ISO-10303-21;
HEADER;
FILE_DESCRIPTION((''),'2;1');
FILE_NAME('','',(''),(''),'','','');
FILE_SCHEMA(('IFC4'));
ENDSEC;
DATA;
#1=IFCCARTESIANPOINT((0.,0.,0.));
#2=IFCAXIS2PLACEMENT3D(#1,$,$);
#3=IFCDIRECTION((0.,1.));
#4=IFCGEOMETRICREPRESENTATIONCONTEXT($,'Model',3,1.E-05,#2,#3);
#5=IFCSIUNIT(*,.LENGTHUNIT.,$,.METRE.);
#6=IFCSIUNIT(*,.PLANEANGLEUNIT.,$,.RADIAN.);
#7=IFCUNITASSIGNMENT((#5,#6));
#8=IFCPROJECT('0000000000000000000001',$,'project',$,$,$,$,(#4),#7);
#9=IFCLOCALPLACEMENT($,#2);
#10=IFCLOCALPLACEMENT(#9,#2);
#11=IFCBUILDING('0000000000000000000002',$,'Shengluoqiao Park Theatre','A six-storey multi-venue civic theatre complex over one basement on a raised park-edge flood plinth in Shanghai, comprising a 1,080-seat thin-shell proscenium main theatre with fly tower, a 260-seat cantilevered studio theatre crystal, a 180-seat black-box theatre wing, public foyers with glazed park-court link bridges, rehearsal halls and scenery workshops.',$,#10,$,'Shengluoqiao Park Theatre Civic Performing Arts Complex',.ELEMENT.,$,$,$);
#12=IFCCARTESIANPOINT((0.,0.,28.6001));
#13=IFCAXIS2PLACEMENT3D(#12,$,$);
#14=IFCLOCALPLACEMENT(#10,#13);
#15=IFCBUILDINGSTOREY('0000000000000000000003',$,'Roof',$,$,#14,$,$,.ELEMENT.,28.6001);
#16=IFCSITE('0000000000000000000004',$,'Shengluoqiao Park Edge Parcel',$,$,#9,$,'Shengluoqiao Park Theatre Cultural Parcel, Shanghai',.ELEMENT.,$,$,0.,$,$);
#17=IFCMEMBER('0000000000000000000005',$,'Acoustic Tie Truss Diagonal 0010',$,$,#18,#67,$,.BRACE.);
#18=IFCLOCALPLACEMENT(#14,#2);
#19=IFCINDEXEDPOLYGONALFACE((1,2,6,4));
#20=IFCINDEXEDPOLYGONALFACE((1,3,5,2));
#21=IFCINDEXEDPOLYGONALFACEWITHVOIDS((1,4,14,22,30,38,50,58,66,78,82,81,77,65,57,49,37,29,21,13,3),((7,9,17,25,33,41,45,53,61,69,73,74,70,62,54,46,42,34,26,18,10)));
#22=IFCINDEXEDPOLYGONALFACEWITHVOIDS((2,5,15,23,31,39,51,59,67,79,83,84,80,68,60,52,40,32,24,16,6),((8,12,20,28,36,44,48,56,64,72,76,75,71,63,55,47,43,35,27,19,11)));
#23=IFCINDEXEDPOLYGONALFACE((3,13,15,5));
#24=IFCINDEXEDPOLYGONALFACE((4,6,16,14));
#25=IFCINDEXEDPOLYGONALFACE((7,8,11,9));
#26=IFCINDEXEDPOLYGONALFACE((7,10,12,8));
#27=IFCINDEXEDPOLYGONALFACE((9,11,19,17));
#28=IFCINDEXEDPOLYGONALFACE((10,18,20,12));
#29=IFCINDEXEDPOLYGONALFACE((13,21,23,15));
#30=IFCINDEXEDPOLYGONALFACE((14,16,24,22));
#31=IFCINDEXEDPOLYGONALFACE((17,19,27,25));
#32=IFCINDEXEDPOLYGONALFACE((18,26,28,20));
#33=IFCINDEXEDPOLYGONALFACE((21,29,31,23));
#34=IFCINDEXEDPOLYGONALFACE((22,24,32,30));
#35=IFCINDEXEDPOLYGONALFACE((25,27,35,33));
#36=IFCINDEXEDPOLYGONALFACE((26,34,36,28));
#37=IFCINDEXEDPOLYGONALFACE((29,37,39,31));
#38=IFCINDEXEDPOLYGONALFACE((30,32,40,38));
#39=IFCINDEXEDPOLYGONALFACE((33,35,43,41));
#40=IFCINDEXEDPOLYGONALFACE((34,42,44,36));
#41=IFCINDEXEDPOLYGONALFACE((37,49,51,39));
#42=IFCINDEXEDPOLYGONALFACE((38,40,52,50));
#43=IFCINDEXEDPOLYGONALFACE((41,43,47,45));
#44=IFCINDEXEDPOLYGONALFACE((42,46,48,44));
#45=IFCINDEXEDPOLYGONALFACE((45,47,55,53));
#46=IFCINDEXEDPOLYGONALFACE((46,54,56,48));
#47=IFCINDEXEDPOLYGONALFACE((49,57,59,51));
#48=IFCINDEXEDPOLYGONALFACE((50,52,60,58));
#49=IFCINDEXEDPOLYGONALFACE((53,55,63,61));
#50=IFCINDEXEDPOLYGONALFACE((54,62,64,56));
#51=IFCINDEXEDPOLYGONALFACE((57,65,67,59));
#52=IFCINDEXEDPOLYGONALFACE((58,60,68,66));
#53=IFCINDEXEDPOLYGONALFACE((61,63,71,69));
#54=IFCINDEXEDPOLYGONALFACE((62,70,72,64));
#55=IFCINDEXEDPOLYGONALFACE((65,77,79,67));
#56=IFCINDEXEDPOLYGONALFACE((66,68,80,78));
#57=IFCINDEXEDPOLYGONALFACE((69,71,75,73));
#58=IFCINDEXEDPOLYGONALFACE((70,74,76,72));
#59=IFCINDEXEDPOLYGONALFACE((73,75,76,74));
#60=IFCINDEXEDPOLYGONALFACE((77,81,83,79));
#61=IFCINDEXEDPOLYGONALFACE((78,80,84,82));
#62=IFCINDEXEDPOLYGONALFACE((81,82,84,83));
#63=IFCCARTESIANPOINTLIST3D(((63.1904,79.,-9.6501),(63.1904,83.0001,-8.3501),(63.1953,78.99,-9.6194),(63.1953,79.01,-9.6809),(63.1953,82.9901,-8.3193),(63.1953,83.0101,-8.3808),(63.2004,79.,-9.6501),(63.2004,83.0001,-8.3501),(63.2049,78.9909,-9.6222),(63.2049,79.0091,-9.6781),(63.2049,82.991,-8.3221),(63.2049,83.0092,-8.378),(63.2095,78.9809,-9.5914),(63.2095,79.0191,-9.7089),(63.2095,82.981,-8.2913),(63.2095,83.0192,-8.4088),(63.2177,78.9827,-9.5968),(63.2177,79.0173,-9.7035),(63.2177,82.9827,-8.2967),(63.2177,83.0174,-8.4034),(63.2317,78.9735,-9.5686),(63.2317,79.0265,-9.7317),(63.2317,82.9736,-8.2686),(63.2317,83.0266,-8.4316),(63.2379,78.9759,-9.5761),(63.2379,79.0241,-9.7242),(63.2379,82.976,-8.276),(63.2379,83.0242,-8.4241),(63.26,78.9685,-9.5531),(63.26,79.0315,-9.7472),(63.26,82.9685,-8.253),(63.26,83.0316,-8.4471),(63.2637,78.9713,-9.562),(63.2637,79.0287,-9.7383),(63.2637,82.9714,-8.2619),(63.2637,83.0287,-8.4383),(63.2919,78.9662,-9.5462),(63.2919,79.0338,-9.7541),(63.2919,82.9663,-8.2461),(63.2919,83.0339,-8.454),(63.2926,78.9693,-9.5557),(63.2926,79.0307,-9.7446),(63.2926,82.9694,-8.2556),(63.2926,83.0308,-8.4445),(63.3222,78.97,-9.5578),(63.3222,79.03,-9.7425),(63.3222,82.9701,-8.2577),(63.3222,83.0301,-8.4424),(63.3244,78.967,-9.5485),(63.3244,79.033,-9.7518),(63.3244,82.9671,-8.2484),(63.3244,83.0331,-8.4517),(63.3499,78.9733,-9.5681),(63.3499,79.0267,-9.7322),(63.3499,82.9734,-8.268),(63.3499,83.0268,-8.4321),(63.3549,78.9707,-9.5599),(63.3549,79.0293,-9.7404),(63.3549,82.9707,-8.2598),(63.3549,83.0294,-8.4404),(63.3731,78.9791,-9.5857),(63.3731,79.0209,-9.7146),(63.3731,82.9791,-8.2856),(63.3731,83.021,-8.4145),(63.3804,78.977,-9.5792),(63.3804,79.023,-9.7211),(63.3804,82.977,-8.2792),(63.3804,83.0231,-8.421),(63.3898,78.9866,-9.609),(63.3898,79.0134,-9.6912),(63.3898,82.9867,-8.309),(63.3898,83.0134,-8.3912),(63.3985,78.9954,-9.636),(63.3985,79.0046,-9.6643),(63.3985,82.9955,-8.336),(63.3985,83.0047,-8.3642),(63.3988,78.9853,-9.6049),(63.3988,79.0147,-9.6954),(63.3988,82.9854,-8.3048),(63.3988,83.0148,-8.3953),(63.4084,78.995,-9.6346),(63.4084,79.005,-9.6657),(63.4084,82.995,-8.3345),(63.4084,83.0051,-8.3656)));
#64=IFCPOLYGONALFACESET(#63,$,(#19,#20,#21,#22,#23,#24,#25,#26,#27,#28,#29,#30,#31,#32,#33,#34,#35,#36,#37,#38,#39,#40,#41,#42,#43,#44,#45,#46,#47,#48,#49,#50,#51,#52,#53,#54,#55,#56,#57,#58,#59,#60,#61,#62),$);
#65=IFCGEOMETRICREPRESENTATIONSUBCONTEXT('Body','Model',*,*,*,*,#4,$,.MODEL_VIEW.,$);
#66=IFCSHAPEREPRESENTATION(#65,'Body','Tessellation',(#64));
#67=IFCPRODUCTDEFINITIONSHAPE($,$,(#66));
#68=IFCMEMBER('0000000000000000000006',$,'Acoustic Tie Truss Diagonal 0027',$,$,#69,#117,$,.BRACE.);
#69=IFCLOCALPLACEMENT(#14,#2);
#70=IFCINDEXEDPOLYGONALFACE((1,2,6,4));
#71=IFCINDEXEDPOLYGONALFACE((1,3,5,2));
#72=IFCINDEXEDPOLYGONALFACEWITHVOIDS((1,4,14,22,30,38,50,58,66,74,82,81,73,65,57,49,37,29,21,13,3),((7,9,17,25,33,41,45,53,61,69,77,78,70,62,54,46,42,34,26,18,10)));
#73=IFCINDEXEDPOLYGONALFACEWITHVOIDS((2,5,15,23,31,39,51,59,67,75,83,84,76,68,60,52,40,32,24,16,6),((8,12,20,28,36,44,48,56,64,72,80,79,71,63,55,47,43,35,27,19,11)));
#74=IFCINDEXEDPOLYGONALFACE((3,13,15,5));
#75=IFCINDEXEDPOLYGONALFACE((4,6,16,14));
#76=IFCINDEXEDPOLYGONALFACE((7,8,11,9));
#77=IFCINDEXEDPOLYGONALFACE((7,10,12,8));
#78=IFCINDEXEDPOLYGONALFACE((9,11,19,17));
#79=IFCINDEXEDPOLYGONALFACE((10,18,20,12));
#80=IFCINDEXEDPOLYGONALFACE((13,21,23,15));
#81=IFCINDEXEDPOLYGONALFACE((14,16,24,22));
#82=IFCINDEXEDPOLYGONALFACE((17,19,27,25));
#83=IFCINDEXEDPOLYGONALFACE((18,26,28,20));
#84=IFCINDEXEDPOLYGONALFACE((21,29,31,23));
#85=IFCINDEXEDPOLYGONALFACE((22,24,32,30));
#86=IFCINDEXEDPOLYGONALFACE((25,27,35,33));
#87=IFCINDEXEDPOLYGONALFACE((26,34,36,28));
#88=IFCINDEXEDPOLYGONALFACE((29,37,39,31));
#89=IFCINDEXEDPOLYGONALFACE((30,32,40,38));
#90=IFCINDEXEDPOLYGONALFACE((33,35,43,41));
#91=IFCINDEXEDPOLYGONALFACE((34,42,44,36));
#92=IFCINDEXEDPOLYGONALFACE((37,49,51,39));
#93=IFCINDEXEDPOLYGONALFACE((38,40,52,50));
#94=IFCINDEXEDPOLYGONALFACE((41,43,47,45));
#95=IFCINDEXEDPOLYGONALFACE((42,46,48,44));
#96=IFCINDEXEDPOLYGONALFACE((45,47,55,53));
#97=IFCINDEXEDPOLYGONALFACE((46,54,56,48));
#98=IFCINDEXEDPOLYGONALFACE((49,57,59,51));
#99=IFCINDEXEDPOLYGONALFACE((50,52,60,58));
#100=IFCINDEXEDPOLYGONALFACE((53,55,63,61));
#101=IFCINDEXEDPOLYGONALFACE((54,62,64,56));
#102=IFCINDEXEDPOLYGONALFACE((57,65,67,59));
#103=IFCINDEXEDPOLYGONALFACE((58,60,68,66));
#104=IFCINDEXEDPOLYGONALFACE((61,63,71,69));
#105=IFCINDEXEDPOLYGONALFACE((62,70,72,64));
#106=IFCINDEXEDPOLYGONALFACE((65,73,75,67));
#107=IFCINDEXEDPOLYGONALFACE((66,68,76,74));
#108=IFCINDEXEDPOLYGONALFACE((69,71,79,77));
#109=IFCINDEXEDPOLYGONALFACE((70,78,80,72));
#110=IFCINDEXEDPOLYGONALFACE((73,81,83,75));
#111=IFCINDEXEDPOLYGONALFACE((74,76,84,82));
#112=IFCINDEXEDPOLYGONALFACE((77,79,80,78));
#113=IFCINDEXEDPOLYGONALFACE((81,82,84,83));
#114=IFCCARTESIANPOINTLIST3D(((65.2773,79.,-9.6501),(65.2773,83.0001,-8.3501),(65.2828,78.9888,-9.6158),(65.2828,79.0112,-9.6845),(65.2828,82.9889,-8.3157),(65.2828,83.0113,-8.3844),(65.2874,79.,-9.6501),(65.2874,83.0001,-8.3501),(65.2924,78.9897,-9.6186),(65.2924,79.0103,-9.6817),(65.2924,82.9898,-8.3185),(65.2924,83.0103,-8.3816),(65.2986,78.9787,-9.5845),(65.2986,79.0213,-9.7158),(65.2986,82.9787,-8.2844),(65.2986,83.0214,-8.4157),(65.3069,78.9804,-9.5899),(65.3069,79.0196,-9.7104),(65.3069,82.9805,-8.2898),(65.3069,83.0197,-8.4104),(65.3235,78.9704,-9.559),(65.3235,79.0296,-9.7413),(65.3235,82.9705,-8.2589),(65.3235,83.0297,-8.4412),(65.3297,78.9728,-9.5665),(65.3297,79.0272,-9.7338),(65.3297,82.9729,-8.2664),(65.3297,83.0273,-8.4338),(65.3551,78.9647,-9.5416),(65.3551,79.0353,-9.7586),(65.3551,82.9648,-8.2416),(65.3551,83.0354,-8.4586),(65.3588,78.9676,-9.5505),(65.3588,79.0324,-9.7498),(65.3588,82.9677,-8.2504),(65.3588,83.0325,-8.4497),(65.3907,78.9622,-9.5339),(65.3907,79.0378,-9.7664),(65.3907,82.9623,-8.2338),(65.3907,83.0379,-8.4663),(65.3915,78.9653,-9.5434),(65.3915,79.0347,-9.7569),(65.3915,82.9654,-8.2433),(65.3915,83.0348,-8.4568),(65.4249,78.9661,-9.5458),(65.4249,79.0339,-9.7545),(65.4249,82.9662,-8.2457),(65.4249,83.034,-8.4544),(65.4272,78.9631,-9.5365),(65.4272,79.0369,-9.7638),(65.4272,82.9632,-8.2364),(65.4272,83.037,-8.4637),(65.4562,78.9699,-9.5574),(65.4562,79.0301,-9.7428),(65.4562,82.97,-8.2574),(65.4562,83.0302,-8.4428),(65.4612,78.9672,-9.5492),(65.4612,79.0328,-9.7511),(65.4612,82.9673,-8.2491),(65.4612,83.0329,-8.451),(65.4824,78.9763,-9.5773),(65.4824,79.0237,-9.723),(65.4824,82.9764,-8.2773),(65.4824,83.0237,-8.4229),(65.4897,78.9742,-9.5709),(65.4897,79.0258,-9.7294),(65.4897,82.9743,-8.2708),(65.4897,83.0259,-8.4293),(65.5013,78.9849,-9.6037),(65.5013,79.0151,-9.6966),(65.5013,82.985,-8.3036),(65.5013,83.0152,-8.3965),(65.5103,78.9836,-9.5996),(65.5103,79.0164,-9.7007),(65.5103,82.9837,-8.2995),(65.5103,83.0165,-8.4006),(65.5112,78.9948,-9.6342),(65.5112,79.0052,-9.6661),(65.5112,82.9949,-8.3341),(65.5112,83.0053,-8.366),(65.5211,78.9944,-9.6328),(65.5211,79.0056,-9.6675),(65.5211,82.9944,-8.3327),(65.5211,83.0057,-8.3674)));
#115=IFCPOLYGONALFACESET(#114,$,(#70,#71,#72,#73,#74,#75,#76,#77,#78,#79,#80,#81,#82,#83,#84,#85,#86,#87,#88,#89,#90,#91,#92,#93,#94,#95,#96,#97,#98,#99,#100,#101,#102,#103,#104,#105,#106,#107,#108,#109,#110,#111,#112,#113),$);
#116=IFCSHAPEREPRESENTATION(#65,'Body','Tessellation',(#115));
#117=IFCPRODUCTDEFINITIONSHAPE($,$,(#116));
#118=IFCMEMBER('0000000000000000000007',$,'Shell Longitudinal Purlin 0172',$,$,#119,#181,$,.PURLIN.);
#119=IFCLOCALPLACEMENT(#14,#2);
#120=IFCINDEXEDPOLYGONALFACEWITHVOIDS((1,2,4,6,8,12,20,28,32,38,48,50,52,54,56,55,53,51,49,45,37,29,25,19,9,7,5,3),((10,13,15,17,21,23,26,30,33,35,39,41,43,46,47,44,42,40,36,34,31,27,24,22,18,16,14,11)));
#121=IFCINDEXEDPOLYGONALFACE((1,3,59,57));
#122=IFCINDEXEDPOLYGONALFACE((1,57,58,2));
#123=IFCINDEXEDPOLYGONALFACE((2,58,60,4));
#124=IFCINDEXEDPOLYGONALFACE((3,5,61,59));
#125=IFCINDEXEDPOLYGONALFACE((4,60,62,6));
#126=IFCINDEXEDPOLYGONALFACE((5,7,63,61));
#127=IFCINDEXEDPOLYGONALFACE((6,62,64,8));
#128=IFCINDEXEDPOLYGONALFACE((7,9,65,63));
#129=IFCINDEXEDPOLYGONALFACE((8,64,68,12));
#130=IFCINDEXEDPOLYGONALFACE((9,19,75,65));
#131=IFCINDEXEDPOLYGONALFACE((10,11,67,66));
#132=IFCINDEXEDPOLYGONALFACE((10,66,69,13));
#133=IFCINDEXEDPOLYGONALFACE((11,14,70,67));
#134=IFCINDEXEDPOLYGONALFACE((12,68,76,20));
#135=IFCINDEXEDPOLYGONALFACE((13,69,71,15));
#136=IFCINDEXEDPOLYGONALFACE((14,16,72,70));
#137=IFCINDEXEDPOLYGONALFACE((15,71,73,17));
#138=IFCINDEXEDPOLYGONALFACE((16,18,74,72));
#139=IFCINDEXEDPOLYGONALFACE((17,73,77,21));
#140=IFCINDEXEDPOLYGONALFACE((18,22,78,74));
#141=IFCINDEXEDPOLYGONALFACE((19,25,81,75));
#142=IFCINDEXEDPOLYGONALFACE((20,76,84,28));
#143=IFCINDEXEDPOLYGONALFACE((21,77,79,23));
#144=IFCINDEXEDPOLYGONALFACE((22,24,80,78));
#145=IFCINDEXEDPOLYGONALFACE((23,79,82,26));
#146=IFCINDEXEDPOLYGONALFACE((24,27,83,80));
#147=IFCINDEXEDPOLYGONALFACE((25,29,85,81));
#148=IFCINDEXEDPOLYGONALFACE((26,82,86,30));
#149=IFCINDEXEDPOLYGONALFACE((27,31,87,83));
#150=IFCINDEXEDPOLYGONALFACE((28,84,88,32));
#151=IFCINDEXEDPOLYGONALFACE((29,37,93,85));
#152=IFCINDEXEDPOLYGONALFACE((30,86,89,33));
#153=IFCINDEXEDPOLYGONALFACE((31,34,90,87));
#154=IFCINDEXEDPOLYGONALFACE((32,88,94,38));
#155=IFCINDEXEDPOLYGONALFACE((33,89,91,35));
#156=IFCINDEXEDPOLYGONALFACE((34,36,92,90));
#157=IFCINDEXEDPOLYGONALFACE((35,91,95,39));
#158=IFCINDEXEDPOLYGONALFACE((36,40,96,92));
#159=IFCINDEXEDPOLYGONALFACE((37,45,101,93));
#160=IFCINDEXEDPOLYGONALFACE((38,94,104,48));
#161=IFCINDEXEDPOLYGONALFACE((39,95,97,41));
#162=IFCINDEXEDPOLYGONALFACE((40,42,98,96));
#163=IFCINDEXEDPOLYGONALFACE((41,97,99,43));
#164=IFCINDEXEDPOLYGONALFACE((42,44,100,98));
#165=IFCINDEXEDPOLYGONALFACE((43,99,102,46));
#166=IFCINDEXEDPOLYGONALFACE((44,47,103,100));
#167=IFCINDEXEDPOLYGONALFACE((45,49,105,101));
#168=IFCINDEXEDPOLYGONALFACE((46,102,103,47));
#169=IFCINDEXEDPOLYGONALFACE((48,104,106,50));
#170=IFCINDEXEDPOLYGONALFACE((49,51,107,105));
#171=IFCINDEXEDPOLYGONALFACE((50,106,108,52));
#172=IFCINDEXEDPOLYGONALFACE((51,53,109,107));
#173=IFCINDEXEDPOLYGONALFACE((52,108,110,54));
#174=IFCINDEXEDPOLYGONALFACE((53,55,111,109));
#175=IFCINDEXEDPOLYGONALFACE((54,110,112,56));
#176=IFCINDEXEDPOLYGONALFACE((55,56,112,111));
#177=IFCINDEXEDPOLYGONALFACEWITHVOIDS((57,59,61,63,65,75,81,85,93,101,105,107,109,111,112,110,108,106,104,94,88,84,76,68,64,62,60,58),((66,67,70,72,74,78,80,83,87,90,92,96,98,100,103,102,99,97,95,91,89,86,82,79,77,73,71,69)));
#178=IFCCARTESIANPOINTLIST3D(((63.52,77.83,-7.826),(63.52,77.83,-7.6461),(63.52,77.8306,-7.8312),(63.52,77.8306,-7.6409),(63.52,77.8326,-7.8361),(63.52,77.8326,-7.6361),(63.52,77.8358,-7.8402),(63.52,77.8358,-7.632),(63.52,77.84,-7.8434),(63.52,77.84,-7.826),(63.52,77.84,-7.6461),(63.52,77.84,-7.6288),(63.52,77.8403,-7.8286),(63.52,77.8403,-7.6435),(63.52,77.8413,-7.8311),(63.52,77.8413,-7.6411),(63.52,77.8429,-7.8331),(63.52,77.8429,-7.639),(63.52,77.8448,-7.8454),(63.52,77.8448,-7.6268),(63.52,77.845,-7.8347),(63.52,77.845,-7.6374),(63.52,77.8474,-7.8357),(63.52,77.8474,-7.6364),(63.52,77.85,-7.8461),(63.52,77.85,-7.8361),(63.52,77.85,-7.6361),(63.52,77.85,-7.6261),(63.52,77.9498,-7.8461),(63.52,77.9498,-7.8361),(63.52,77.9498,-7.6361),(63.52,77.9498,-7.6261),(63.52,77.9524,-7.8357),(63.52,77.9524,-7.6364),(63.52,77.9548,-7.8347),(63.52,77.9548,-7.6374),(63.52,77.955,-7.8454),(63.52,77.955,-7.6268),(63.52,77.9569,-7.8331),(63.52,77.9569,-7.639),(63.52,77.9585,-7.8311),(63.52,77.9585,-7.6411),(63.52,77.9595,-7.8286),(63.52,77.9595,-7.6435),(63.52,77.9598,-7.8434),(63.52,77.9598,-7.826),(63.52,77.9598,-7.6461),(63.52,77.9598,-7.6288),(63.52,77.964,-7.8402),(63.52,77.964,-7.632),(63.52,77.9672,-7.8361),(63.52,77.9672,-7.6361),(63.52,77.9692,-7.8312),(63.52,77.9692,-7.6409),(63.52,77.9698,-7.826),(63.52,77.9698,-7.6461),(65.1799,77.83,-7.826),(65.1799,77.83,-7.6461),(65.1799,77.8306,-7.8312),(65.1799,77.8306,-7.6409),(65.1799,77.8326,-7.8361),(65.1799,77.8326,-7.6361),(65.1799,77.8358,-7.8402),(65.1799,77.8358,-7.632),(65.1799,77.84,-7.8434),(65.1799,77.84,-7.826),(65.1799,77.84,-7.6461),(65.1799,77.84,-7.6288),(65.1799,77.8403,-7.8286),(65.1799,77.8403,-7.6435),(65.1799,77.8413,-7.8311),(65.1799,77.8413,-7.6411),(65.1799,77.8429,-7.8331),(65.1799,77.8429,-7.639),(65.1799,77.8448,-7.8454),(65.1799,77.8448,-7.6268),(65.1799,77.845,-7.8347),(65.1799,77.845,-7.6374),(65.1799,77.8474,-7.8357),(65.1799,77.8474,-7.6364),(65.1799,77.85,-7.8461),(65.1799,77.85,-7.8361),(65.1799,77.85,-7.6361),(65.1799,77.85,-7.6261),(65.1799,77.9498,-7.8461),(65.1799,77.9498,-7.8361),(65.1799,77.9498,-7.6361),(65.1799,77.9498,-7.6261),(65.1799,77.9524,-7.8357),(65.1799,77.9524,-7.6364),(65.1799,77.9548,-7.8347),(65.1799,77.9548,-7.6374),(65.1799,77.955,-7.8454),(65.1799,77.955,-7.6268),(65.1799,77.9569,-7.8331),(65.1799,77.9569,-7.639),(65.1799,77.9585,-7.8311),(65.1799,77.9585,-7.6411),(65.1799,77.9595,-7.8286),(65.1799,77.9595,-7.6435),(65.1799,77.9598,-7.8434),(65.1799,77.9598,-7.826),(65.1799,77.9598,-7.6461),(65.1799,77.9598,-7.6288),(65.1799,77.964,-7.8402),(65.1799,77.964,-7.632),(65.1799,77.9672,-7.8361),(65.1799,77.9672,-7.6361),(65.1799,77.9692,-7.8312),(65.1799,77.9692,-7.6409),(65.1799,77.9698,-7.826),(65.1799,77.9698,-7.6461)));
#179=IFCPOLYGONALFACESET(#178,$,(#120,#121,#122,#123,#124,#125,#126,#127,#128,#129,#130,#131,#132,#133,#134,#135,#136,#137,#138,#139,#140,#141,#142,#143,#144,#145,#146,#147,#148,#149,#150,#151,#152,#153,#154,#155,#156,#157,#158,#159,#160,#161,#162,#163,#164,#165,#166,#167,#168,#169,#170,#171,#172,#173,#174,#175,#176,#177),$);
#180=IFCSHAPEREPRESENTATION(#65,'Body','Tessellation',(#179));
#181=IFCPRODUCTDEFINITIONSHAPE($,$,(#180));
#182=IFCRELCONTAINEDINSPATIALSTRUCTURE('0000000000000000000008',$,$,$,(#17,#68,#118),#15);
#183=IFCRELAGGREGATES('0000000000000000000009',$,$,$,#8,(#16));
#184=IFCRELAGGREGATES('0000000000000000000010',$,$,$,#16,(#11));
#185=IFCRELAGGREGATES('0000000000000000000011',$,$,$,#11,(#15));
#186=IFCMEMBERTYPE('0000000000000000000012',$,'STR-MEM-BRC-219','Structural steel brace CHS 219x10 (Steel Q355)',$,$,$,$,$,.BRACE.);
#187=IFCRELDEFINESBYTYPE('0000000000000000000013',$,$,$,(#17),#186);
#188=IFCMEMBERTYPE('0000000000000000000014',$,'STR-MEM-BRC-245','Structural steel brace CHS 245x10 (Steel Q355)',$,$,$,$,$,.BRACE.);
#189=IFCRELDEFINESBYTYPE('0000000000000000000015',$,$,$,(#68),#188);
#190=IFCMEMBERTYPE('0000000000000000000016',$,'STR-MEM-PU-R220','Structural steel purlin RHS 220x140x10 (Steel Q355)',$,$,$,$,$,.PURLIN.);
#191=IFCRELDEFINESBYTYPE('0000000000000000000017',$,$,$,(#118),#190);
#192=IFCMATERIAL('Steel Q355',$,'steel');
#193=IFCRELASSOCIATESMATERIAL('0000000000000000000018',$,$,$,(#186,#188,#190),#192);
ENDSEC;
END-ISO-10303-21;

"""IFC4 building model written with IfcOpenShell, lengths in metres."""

from ifc_helpers import new_model, si_unit, direction, frame, origin, origin_2d, place, context, subcontext, project, spatial, hollow_rectangle, hollow_circle, extrude, material, material_profile, profile_set, type_object, element, save


model = new_model("IFC4")

# Units and contexts
model_context = context("Model", 3, precision=1e-05, world=origin(), true_north=direction((0.0, 1.0)))
body_context = subcontext(model_context, "Body", "Model", "MODEL_VIEW")
ifc_project = project(units=[si_unit("LENGTHUNIT", "METRE"), si_unit("PLANEANGLEUNIT", "RADIAN")], contexts=[model_context])

# Site, building, storey
site_placement = place(None, origin())
site = spatial("IfcSite", under=ifc_project, at=site_placement, Name="Shengluoqiao Park Edge Parcel", LongName="Shengluoqiao Park Theatre Cultural Parcel, Shanghai", CompositionType="ELEMENT", RefElevation=0.0)
building_placement = place(site_placement, origin())
building = spatial("IfcBuilding", under=site, at=building_placement, Name="Shengluoqiao Park Theatre", Description="A six-storey multi-venue civic theatre complex over one basement on a raised park-edge flood plinth in Shanghai, comprising a 1,080-seat thin-shell proscenium main theatre with fly tower, a 260-seat cantilevered studio theatre crystal, a 180-seat black-box theatre wing, public foyers with glazed park-court link bridges, rehearsal halls and scenery workshops.", LongName="Shengluoqiao Park Theatre Civic Performing Arts Complex", CompositionType="ELEMENT")
storey_placement = place(building_placement, frame((0.0, 0.0, 28.6001)))
storey = spatial("IfcBuildingStorey", under=building, at=storey_placement, Name="Roof", CompositionType="ELEMENT", Elevation=28.6001)

# Shared definitions
ifc_material_1 = material(Name="Steel Q355", Category="steel")

# Members
ifc_material_profile_1 = material_profile(ifc_material_1, hollow_circle(Radius=0.1096, WallThickness=0.01, at=origin_2d()), Name="CHS 219x10")
ifc_profile_set_1 = profile_set([ifc_material_profile_1], Name="Steel Q355")
member_type_1 = type_object("IfcMemberType", Name="STR-MEM-BRC-219", Description="Structural steel brace CHS 219x10 (Steel Q355)", PredefinedType="BRACE", material=ifc_profile_set_1)
member_1_placement = place(storey_placement, frame((63.3, 79.0, -9.6501), z_axis=(0.0, 0.951031, 0.309097), x_axis=(-1.0, 0.0, 0.0)))
element("IfcMember", 1, at=member_1_placement, inside=storey, type_object=member_type_1, Name="Acoustic Tie Truss Diagonal 0010", PredefinedType="BRACE", context=body_context, shape_type="SweptSolid", body=[
    extrude(hollow_circle(Radius=0.1096, WallThickness=0.01, at=origin_2d()), origin(), (0.0, 0.0, 1.0), 4.2061),
])
ifc_material_profile_2 = material_profile(ifc_material_1, hollow_circle(Radius=0.1226, WallThickness=0.01, at=origin_2d()), Name="CHS 245x10")
ifc_profile_set_2 = profile_set([ifc_material_profile_2], Name="Steel Q355")
member_type_2 = type_object("IfcMemberType", Name="STR-MEM-BRC-245", Description="Structural steel brace CHS 245x10 (Steel Q355)", PredefinedType="BRACE", material=ifc_profile_set_2)
member_2_placement = place(storey_placement, frame((65.3999, 79.0, -9.6501), z_axis=(0.0, 0.951031, 0.309097), x_axis=(-1.0, 0.0, 0.0)))
element("IfcMember", 2, at=member_2_placement, inside=storey, type_object=member_type_2, Name="Acoustic Tie Truss Diagonal 0027", PredefinedType="BRACE", context=body_context, shape_type="SweptSolid", body=[
    extrude(hollow_circle(Radius=0.1226, WallThickness=0.01, at=origin_2d()), origin(), (0.0, 0.0, 1.0), 4.2061),
])
ifc_material_profile_3 = material_profile(ifc_material_1, hollow_rectangle(XDim=0.1399, YDim=0.22, WallThickness=0.01, InnerFilletRadius=0.01, OuterFilletRadius=0.02, at=origin_2d()), Name="RHS 220x140x10")
ifc_profile_set_3 = profile_set([ifc_material_profile_3], Name="Steel Q355")
member_type_3 = type_object("IfcMemberType", Name="STR-MEM-PU-R220", Description="Structural steel purlin RHS 220x140x10 (Steel Q355)", PredefinedType="PURLIN", material=ifc_profile_set_3)
for number, where, z_axis, x_axis, name in (
    (3, (63.52, 77.8999, -7.7361), (1.0, 0.0, 0.0), (0.0, 1.0, 0.0), "Shell Longitudinal Purlin 0172"),
):
    element("IfcMember", number, at=place(storey_placement, frame(where, z_axis=z_axis, x_axis=x_axis)), inside=storey, type_object=member_type_3, Name=name, PredefinedType="PURLIN", context=body_context, shape_type="SweptSolid", body=[
        extrude(hollow_rectangle(XDim=0.1399, YDim=0.22, WallThickness=0.01, InnerFilletRadius=0.01, OuterFilletRadius=0.02, at=origin_2d()), origin(), (0.0, 0.0, 1.0), 1.6599),
    ])

save(model, "model.ifc")
